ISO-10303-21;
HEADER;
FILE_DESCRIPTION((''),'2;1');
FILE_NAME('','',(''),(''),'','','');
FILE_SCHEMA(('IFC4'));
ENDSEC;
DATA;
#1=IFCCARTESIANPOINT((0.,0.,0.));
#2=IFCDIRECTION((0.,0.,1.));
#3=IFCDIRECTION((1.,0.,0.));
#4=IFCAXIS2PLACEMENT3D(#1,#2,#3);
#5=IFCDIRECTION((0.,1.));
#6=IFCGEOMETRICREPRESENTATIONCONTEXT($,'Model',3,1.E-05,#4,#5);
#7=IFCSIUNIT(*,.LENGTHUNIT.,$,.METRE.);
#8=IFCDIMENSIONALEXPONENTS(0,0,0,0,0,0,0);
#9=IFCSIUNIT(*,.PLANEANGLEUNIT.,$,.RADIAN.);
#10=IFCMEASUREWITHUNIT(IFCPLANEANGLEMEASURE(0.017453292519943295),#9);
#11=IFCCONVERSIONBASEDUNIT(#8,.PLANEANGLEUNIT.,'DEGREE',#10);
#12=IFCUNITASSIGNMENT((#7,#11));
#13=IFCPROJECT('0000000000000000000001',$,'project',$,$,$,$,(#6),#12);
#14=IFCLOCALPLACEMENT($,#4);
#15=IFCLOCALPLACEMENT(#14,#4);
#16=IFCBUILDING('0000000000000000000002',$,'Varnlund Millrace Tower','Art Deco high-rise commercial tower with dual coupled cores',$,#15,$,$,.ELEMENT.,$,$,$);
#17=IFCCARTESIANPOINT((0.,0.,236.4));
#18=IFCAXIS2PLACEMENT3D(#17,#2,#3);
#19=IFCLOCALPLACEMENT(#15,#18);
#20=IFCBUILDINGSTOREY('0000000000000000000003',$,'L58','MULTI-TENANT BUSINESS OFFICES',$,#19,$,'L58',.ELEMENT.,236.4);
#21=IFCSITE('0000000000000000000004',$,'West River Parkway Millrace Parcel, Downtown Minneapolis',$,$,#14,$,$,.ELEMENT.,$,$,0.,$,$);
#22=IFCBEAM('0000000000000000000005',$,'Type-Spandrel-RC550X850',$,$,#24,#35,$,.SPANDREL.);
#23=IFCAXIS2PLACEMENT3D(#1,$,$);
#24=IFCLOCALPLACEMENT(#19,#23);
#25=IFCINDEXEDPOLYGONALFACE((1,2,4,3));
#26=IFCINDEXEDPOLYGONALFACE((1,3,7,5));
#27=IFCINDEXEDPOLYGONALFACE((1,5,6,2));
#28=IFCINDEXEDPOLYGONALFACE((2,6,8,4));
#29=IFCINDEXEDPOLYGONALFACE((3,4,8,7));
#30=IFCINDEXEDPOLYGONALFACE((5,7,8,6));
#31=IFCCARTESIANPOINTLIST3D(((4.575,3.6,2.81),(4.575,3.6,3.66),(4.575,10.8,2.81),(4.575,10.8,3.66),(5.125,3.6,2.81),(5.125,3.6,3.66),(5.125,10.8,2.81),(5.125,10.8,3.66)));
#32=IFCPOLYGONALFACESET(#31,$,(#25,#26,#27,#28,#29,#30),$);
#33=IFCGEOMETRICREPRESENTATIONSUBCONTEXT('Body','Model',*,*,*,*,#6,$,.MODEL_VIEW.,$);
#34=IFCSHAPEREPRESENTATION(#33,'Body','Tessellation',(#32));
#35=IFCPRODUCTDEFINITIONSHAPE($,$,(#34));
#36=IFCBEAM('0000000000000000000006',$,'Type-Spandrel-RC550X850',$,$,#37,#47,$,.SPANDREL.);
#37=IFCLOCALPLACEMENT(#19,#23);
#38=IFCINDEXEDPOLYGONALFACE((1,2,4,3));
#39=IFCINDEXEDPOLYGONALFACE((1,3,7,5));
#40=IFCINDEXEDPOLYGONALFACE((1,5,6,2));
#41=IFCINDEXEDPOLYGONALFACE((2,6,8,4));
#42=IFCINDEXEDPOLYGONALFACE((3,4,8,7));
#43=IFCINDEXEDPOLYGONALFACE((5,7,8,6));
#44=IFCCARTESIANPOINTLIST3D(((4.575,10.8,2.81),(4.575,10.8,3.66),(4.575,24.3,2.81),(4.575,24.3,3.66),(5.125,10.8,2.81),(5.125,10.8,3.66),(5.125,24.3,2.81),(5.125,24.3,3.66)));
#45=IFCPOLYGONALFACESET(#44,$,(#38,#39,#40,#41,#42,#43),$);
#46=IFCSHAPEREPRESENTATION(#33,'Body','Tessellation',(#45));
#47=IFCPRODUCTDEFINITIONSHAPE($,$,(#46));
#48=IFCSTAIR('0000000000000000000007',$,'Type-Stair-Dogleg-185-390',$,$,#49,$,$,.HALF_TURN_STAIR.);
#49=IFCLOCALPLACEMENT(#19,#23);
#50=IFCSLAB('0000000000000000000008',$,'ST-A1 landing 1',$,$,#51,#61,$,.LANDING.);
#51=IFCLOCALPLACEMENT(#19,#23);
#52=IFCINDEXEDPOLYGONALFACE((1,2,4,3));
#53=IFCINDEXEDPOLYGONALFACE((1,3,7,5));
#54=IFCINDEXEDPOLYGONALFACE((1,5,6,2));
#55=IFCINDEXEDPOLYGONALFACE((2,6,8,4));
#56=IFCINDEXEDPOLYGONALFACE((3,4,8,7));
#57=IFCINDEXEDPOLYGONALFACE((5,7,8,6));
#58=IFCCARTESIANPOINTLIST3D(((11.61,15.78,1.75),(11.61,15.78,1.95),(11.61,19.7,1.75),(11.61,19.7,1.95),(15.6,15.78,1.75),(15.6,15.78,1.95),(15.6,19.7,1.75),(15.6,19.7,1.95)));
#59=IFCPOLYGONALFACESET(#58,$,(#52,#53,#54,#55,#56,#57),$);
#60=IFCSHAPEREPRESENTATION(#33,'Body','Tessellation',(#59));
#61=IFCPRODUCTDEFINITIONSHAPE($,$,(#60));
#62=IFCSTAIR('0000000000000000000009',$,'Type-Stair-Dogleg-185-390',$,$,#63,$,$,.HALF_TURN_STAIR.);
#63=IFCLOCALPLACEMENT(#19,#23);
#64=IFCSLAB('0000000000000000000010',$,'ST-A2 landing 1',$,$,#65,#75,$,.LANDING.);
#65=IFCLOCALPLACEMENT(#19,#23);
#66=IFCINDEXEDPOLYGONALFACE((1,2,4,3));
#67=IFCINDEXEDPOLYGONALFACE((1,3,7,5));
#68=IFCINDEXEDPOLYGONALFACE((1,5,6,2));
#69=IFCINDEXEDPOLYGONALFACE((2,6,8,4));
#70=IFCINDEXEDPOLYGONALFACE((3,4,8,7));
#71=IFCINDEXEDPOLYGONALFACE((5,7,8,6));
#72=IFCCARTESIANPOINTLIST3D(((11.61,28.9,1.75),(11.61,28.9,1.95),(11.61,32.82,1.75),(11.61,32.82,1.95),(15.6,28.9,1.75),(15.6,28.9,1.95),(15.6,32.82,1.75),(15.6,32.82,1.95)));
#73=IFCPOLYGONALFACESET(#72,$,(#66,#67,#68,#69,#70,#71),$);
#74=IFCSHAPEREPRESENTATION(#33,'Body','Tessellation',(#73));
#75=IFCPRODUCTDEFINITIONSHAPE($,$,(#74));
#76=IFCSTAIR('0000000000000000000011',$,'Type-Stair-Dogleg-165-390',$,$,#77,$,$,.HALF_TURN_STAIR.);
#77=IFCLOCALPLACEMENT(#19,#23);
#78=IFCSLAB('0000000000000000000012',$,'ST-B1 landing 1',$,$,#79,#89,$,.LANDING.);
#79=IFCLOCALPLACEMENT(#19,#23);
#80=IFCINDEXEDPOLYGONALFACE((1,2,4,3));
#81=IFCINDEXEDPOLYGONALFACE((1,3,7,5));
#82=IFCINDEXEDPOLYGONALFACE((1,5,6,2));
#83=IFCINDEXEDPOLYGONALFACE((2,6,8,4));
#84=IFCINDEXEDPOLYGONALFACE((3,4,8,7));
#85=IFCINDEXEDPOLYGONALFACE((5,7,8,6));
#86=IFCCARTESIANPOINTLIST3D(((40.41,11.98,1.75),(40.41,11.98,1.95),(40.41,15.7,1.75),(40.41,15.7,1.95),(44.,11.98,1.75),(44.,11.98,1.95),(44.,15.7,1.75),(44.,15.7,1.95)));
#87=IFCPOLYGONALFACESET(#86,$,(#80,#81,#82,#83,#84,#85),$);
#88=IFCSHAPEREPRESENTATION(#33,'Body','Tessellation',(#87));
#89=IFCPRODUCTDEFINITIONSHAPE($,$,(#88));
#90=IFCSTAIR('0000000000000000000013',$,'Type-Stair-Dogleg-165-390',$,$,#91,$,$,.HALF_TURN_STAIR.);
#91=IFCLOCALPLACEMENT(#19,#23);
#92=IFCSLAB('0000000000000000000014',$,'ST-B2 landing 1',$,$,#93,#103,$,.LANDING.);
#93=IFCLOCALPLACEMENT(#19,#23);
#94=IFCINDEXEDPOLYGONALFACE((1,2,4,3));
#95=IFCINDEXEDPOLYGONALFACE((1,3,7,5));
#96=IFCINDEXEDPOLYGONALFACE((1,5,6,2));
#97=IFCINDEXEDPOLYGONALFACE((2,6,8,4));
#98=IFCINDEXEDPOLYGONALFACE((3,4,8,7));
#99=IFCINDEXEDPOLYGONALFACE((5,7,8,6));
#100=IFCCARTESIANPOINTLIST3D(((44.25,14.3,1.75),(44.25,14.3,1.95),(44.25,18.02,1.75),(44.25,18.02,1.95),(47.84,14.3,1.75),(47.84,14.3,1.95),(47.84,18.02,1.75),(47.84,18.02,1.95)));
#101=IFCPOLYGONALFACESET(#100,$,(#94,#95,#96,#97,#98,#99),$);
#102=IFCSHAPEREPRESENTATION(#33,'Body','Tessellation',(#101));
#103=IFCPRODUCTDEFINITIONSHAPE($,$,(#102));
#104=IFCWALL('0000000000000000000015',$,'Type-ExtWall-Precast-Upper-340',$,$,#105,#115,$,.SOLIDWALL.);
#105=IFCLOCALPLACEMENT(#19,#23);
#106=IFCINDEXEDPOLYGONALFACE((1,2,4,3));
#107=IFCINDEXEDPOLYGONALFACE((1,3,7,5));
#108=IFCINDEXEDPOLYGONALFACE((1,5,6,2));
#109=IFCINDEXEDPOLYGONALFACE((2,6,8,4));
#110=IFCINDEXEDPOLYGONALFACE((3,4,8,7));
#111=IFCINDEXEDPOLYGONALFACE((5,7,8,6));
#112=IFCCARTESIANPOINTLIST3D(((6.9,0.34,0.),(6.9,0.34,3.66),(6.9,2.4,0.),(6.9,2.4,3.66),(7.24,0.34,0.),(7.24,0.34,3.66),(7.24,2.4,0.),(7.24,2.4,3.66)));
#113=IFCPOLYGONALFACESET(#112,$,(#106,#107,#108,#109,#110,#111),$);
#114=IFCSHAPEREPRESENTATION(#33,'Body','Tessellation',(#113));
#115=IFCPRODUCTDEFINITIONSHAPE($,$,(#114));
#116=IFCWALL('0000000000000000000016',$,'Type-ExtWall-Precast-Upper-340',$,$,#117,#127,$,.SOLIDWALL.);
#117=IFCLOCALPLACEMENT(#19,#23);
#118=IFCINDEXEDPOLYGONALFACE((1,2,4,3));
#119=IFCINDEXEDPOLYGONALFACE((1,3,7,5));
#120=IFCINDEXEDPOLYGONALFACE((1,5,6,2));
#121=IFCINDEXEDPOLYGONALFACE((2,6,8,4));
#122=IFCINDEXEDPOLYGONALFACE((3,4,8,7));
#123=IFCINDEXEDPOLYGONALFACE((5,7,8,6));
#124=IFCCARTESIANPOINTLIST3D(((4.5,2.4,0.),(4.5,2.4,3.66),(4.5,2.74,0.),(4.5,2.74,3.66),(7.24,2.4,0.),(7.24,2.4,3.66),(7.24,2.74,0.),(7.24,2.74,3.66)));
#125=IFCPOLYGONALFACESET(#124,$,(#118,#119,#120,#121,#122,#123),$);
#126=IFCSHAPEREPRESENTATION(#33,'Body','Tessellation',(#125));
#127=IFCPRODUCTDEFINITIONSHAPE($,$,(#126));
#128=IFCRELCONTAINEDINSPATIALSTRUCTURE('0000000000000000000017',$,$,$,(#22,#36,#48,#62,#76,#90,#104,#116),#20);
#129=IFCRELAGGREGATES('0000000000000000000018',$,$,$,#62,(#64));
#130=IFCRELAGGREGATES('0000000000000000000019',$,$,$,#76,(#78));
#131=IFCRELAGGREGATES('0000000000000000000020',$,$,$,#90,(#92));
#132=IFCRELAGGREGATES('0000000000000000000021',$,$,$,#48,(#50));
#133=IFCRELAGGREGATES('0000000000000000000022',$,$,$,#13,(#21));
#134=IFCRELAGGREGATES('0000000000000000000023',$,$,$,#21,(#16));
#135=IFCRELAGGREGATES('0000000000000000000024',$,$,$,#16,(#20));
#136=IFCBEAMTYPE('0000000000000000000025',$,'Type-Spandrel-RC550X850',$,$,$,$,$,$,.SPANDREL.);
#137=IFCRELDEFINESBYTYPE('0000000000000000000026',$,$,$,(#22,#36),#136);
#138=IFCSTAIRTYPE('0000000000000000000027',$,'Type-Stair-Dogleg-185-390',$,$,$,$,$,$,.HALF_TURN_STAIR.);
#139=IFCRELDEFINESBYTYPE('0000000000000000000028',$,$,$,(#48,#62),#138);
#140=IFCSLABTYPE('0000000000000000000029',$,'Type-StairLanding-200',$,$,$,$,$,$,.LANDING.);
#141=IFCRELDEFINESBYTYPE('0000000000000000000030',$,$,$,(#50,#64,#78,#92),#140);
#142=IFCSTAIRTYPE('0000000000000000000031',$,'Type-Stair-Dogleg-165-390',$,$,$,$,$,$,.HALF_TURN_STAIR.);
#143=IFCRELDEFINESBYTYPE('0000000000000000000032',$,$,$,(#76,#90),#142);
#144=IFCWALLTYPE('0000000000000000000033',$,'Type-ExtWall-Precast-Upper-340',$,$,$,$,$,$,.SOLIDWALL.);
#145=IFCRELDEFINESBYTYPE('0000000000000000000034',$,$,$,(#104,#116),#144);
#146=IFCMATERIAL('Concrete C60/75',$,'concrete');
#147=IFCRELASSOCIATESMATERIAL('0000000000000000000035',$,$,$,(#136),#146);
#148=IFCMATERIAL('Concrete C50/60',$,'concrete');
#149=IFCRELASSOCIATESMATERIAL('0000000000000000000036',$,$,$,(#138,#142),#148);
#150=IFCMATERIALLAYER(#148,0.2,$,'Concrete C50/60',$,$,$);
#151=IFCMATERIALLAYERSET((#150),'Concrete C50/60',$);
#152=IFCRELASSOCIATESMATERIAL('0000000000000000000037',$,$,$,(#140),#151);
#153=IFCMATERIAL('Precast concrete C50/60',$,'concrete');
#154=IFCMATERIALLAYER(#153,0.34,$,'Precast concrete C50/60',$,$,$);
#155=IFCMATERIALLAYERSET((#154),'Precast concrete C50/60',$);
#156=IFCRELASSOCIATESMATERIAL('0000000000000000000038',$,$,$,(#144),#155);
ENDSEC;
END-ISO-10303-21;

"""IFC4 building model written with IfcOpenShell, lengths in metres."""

from ifc_helpers import new_model, entity, si_unit, converted_unit, direction, frame, origin_with_axes, origin_2d_with_axis, place, context, subcontext, project, spatial, polyline, rectangle, outline, extrude, material, layer, layer_set, material_profile, profile_set, type_object, element, aggregate, save


model = new_model("IFC4")

# Units and contexts
model_context = context("Model", 3, precision=1e-05, world=origin_with_axes(), true_north=direction((0.0, 1.0)))
body_context = subcontext(model_context, "Body", "Model", "MODEL_VIEW")
ifc_project = project(units=[si_unit("LENGTHUNIT", "METRE"), converted_unit("PLANEANGLEUNIT", "DEGREE", entity("IfcPlaneAngleMeasure", 0.017453292519943295), si_unit("PLANEANGLEUNIT", "RADIAN"), dimensions=[0, 0, 0, 0, 0, 0, 0])], contexts=[model_context])

# Site, building, storey
site_placement = place(None, origin_with_axes())
site = spatial("IfcSite", under=ifc_project, at=site_placement, Name="West River Parkway Millrace Parcel, Downtown Minneapolis", CompositionType="ELEMENT", RefElevation=0.0)
building_placement = place(site_placement, origin_with_axes())
building = spatial("IfcBuilding", under=site, at=building_placement, Name="Varnlund Millrace Tower", Description="Art Deco high-rise commercial tower with dual coupled cores", CompositionType="ELEMENT")
storey_placement = place(building_placement, frame((0.0, 0.0, 236.4), z_axis=(0.0, 0.0, 1.0), x_axis=(1.0, 0.0, 0.0)))
storey = spatial("IfcBuildingStorey", under=building, at=storey_placement, Name="L58", Description="MULTI-TENANT BUSINESS OFFICES", LongName="L58", CompositionType="ELEMENT", Elevation=236.4)

# Beams
ifc_material_1 = material(Name="Concrete C60/75", Category="concrete")
ifc_material_profile_1 = material_profile(ifc_material_1, rectangle(XDim=0.55, YDim=0.85, at=origin_2d_with_axis()), Name="Concrete C60/75")
ifc_profile_set_1 = profile_set([ifc_material_profile_1], Name="Concrete C60/75")
beam_type_1 = type_object("IfcBeamType", Name="Type-Spandrel-RC550X850", PredefinedType="SPANDREL", material=ifc_profile_set_1)
beam_1_placement = place(storey_placement, frame((4.85, 3.6, 3.235), z_axis=(0.0, 1.0, 0.0), x_axis=(-1.0, 0.0, 0.0)))
element("IfcBeam", 1, at=beam_1_placement, inside=storey, type_object=beam_type_1, Name="Type-Spandrel-RC550X850", PredefinedType="SPANDREL", context=body_context, shape_type="SweptSolid", body=[
    extrude(rectangle(XDim=0.55, YDim=0.85, at=origin_2d_with_axis()), origin_with_axes(), (0.0, 0.0, 1.0), 7.2),
])
beam_2_placement = place(storey_placement, frame((4.85, 10.8, 3.235), z_axis=(0.0, 1.0, 0.0), x_axis=(-1.0, 0.0, 0.0)))
element("IfcBeam", 2, at=beam_2_placement, inside=storey, type_object=beam_type_1, Name="Type-Spandrel-RC550X850", PredefinedType="SPANDREL", context=body_context, shape_type="SweptSolid", body=[
    extrude(rectangle(XDim=0.55, YDim=0.85, at=origin_2d_with_axis()), origin_with_axes(), (0.0, 0.0, 1.0), 13.5),
])

# Stairs, slabs
ifc_material_2 = material(Name="Concrete C50/60", Category="concrete")
stair_type_1 = type_object("IfcStairType", Name="Type-Stair-Dogleg-185-390", PredefinedType="HALF_TURN_STAIR", material=ifc_material_2)
stair_1_placement = place(storey_placement, origin_with_axes())
stair_1 = element("IfcStair", 3, at=stair_1_placement, inside=storey, type_object=stair_type_1, Name="Type-Stair-Dogleg-185-390", PredefinedType="HALF_TURN_STAIR")
ifc_layer_1 = layer(ifc_material_2, 0.2, Name="Concrete C50/60")
ifc_layer_set_1 = layer_set([ifc_layer_1], Name="Concrete C50/60")
slab_type = type_object("IfcSlabType", Name="Type-StairLanding-200", PredefinedType="LANDING", material=ifc_layer_set_1)
slab_1_placement = place(storey_placement, frame((0.0, 0.0, 1.75), z_axis=(0.0, 0.0, 1.0), x_axis=(1.0, 0.0, 0.0)))
slab_1 = element("IfcSlab", 4, at=slab_1_placement, type_object=slab_type, Name="ST-A1 landing 1", PredefinedType="LANDING", context=body_context, shape_type="SweptSolid", body=[
    extrude(outline(polyline([(15.6, 15.78), (15.6, 19.7), (11.61, 19.7), (11.61, 15.78), (15.6, 15.78)])), origin_with_axes(), (0.0, 0.0, 1.0), 0.2),
])
stair_2_placement = place(storey_placement, origin_with_axes())
stair_2 = element("IfcStair", 5, at=stair_2_placement, inside=storey, type_object=stair_type_1, Name="Type-Stair-Dogleg-185-390", PredefinedType="HALF_TURN_STAIR")
slab_2_placement = place(storey_placement, frame((0.0, 0.0, 1.75), z_axis=(0.0, 0.0, 1.0), x_axis=(1.0, 0.0, 0.0)))
slab_2 = element("IfcSlab", 6, at=slab_2_placement, type_object=slab_type, Name="ST-A2 landing 1", PredefinedType="LANDING", context=body_context, shape_type="SweptSolid", body=[
    extrude(outline(polyline([(11.61, 32.82), (11.61, 28.9), (15.6, 28.9), (15.6, 32.82), (11.61, 32.82)])), origin_with_axes(), (0.0, 0.0, 1.0), 0.2),
])
aggregate(stair_2, [slab_2])
stair_type_2 = type_object("IfcStairType", Name="Type-Stair-Dogleg-165-390", PredefinedType="HALF_TURN_STAIR", material=ifc_material_2)
stair_3_placement = place(storey_placement, origin_with_axes())
stair_3 = element("IfcStair", 7, at=stair_3_placement, inside=storey, type_object=stair_type_2, Name="Type-Stair-Dogleg-165-390", PredefinedType="HALF_TURN_STAIR")
slab_3_placement = place(storey_placement, frame((0.0, 0.0, 1.75), z_axis=(0.0, 0.0, 1.0), x_axis=(1.0, 0.0, 0.0)))
slab_3 = element("IfcSlab", 8, at=slab_3_placement, type_object=slab_type, Name="ST-B1 landing 1", PredefinedType="LANDING", context=body_context, shape_type="SweptSolid", body=[
    extrude(outline(polyline([(44.0, 11.98), (44.0, 15.7), (40.41, 15.7), (40.41, 11.98), (44.0, 11.98)])), origin_with_axes(), (0.0, 0.0, 1.0), 0.2),
])
aggregate(stair_3, [slab_3])
stair_4_placement = place(storey_placement, origin_with_axes())
stair_4 = element("IfcStair", 9, at=stair_4_placement, inside=storey, type_object=stair_type_2, Name="Type-Stair-Dogleg-165-390", PredefinedType="HALF_TURN_STAIR")
slab_4_placement = place(storey_placement, frame((0.0, 0.0, 1.75), z_axis=(0.0, 0.0, 1.0), x_axis=(1.0, 0.0, 0.0)))
slab_4 = element("IfcSlab", 10, at=slab_4_placement, type_object=slab_type, Name="ST-B2 landing 1", PredefinedType="LANDING", context=body_context, shape_type="SweptSolid", body=[
    extrude(outline(polyline([(44.25, 18.02), (44.25, 14.3), (47.84, 14.3), (47.84, 18.02), (44.25, 18.02)])), origin_with_axes(), (0.0, 0.0, 1.0), 0.2),
])
aggregate(stair_4, [slab_4])

# Walls
ifc_material_3 = material(Name="Precast concrete C50/60", Category="concrete")
ifc_layer_2 = layer(ifc_material_3, 0.34, Name="Precast concrete C50/60")
ifc_layer_set_2 = layer_set([ifc_layer_2], Name="Precast concrete C50/60")
wall_type_1 = type_object("IfcWallType", Name="Type-ExtWall-Precast-Upper-340", PredefinedType="SOLIDWALL", material=ifc_layer_set_2)
wall_1_placement = place(storey_placement, frame((7.07, 0.34, 0.0), z_axis=(0.0, 0.0, 1.0), x_axis=(0.0, 1.0, 0.0)))
element("IfcWall", 11, at=wall_1_placement, inside=storey, type_object=wall_type_1, Name="Type-ExtWall-Precast-Upper-340", PredefinedType="SOLIDWALL", context=body_context, shape_type="SweptSolid", body=[
    extrude(outline(polyline([(0.0, -0.17), (2.06, -0.17), (2.06, 0.17), (0.0, 0.17), (0.0, -0.17)])), origin_with_axes(), (0.0, 0.0, 1.0), 3.66),
])
wall_2_placement = place(storey_placement, frame((7.24, 2.57, 0.0), z_axis=(0.0, 0.0, 1.0), x_axis=(-1.0, 0.0, 0.0)))
element("IfcWall", 12, at=wall_2_placement, inside=storey, type_object=wall_type_1, Name="Type-ExtWall-Precast-Upper-340", PredefinedType="SOLIDWALL", context=body_context, shape_type="SweptSolid", body=[
    extrude(outline(polyline([(0.0, -0.17), (2.74, -0.17), (2.74, 0.17), (0.0, 0.17), (0.0, -0.17)])), origin_with_axes(), (0.0, 0.0, 1.0), 3.66),
])

aggregate(stair_1, [slab_1])

save(model, "model.ifc")
